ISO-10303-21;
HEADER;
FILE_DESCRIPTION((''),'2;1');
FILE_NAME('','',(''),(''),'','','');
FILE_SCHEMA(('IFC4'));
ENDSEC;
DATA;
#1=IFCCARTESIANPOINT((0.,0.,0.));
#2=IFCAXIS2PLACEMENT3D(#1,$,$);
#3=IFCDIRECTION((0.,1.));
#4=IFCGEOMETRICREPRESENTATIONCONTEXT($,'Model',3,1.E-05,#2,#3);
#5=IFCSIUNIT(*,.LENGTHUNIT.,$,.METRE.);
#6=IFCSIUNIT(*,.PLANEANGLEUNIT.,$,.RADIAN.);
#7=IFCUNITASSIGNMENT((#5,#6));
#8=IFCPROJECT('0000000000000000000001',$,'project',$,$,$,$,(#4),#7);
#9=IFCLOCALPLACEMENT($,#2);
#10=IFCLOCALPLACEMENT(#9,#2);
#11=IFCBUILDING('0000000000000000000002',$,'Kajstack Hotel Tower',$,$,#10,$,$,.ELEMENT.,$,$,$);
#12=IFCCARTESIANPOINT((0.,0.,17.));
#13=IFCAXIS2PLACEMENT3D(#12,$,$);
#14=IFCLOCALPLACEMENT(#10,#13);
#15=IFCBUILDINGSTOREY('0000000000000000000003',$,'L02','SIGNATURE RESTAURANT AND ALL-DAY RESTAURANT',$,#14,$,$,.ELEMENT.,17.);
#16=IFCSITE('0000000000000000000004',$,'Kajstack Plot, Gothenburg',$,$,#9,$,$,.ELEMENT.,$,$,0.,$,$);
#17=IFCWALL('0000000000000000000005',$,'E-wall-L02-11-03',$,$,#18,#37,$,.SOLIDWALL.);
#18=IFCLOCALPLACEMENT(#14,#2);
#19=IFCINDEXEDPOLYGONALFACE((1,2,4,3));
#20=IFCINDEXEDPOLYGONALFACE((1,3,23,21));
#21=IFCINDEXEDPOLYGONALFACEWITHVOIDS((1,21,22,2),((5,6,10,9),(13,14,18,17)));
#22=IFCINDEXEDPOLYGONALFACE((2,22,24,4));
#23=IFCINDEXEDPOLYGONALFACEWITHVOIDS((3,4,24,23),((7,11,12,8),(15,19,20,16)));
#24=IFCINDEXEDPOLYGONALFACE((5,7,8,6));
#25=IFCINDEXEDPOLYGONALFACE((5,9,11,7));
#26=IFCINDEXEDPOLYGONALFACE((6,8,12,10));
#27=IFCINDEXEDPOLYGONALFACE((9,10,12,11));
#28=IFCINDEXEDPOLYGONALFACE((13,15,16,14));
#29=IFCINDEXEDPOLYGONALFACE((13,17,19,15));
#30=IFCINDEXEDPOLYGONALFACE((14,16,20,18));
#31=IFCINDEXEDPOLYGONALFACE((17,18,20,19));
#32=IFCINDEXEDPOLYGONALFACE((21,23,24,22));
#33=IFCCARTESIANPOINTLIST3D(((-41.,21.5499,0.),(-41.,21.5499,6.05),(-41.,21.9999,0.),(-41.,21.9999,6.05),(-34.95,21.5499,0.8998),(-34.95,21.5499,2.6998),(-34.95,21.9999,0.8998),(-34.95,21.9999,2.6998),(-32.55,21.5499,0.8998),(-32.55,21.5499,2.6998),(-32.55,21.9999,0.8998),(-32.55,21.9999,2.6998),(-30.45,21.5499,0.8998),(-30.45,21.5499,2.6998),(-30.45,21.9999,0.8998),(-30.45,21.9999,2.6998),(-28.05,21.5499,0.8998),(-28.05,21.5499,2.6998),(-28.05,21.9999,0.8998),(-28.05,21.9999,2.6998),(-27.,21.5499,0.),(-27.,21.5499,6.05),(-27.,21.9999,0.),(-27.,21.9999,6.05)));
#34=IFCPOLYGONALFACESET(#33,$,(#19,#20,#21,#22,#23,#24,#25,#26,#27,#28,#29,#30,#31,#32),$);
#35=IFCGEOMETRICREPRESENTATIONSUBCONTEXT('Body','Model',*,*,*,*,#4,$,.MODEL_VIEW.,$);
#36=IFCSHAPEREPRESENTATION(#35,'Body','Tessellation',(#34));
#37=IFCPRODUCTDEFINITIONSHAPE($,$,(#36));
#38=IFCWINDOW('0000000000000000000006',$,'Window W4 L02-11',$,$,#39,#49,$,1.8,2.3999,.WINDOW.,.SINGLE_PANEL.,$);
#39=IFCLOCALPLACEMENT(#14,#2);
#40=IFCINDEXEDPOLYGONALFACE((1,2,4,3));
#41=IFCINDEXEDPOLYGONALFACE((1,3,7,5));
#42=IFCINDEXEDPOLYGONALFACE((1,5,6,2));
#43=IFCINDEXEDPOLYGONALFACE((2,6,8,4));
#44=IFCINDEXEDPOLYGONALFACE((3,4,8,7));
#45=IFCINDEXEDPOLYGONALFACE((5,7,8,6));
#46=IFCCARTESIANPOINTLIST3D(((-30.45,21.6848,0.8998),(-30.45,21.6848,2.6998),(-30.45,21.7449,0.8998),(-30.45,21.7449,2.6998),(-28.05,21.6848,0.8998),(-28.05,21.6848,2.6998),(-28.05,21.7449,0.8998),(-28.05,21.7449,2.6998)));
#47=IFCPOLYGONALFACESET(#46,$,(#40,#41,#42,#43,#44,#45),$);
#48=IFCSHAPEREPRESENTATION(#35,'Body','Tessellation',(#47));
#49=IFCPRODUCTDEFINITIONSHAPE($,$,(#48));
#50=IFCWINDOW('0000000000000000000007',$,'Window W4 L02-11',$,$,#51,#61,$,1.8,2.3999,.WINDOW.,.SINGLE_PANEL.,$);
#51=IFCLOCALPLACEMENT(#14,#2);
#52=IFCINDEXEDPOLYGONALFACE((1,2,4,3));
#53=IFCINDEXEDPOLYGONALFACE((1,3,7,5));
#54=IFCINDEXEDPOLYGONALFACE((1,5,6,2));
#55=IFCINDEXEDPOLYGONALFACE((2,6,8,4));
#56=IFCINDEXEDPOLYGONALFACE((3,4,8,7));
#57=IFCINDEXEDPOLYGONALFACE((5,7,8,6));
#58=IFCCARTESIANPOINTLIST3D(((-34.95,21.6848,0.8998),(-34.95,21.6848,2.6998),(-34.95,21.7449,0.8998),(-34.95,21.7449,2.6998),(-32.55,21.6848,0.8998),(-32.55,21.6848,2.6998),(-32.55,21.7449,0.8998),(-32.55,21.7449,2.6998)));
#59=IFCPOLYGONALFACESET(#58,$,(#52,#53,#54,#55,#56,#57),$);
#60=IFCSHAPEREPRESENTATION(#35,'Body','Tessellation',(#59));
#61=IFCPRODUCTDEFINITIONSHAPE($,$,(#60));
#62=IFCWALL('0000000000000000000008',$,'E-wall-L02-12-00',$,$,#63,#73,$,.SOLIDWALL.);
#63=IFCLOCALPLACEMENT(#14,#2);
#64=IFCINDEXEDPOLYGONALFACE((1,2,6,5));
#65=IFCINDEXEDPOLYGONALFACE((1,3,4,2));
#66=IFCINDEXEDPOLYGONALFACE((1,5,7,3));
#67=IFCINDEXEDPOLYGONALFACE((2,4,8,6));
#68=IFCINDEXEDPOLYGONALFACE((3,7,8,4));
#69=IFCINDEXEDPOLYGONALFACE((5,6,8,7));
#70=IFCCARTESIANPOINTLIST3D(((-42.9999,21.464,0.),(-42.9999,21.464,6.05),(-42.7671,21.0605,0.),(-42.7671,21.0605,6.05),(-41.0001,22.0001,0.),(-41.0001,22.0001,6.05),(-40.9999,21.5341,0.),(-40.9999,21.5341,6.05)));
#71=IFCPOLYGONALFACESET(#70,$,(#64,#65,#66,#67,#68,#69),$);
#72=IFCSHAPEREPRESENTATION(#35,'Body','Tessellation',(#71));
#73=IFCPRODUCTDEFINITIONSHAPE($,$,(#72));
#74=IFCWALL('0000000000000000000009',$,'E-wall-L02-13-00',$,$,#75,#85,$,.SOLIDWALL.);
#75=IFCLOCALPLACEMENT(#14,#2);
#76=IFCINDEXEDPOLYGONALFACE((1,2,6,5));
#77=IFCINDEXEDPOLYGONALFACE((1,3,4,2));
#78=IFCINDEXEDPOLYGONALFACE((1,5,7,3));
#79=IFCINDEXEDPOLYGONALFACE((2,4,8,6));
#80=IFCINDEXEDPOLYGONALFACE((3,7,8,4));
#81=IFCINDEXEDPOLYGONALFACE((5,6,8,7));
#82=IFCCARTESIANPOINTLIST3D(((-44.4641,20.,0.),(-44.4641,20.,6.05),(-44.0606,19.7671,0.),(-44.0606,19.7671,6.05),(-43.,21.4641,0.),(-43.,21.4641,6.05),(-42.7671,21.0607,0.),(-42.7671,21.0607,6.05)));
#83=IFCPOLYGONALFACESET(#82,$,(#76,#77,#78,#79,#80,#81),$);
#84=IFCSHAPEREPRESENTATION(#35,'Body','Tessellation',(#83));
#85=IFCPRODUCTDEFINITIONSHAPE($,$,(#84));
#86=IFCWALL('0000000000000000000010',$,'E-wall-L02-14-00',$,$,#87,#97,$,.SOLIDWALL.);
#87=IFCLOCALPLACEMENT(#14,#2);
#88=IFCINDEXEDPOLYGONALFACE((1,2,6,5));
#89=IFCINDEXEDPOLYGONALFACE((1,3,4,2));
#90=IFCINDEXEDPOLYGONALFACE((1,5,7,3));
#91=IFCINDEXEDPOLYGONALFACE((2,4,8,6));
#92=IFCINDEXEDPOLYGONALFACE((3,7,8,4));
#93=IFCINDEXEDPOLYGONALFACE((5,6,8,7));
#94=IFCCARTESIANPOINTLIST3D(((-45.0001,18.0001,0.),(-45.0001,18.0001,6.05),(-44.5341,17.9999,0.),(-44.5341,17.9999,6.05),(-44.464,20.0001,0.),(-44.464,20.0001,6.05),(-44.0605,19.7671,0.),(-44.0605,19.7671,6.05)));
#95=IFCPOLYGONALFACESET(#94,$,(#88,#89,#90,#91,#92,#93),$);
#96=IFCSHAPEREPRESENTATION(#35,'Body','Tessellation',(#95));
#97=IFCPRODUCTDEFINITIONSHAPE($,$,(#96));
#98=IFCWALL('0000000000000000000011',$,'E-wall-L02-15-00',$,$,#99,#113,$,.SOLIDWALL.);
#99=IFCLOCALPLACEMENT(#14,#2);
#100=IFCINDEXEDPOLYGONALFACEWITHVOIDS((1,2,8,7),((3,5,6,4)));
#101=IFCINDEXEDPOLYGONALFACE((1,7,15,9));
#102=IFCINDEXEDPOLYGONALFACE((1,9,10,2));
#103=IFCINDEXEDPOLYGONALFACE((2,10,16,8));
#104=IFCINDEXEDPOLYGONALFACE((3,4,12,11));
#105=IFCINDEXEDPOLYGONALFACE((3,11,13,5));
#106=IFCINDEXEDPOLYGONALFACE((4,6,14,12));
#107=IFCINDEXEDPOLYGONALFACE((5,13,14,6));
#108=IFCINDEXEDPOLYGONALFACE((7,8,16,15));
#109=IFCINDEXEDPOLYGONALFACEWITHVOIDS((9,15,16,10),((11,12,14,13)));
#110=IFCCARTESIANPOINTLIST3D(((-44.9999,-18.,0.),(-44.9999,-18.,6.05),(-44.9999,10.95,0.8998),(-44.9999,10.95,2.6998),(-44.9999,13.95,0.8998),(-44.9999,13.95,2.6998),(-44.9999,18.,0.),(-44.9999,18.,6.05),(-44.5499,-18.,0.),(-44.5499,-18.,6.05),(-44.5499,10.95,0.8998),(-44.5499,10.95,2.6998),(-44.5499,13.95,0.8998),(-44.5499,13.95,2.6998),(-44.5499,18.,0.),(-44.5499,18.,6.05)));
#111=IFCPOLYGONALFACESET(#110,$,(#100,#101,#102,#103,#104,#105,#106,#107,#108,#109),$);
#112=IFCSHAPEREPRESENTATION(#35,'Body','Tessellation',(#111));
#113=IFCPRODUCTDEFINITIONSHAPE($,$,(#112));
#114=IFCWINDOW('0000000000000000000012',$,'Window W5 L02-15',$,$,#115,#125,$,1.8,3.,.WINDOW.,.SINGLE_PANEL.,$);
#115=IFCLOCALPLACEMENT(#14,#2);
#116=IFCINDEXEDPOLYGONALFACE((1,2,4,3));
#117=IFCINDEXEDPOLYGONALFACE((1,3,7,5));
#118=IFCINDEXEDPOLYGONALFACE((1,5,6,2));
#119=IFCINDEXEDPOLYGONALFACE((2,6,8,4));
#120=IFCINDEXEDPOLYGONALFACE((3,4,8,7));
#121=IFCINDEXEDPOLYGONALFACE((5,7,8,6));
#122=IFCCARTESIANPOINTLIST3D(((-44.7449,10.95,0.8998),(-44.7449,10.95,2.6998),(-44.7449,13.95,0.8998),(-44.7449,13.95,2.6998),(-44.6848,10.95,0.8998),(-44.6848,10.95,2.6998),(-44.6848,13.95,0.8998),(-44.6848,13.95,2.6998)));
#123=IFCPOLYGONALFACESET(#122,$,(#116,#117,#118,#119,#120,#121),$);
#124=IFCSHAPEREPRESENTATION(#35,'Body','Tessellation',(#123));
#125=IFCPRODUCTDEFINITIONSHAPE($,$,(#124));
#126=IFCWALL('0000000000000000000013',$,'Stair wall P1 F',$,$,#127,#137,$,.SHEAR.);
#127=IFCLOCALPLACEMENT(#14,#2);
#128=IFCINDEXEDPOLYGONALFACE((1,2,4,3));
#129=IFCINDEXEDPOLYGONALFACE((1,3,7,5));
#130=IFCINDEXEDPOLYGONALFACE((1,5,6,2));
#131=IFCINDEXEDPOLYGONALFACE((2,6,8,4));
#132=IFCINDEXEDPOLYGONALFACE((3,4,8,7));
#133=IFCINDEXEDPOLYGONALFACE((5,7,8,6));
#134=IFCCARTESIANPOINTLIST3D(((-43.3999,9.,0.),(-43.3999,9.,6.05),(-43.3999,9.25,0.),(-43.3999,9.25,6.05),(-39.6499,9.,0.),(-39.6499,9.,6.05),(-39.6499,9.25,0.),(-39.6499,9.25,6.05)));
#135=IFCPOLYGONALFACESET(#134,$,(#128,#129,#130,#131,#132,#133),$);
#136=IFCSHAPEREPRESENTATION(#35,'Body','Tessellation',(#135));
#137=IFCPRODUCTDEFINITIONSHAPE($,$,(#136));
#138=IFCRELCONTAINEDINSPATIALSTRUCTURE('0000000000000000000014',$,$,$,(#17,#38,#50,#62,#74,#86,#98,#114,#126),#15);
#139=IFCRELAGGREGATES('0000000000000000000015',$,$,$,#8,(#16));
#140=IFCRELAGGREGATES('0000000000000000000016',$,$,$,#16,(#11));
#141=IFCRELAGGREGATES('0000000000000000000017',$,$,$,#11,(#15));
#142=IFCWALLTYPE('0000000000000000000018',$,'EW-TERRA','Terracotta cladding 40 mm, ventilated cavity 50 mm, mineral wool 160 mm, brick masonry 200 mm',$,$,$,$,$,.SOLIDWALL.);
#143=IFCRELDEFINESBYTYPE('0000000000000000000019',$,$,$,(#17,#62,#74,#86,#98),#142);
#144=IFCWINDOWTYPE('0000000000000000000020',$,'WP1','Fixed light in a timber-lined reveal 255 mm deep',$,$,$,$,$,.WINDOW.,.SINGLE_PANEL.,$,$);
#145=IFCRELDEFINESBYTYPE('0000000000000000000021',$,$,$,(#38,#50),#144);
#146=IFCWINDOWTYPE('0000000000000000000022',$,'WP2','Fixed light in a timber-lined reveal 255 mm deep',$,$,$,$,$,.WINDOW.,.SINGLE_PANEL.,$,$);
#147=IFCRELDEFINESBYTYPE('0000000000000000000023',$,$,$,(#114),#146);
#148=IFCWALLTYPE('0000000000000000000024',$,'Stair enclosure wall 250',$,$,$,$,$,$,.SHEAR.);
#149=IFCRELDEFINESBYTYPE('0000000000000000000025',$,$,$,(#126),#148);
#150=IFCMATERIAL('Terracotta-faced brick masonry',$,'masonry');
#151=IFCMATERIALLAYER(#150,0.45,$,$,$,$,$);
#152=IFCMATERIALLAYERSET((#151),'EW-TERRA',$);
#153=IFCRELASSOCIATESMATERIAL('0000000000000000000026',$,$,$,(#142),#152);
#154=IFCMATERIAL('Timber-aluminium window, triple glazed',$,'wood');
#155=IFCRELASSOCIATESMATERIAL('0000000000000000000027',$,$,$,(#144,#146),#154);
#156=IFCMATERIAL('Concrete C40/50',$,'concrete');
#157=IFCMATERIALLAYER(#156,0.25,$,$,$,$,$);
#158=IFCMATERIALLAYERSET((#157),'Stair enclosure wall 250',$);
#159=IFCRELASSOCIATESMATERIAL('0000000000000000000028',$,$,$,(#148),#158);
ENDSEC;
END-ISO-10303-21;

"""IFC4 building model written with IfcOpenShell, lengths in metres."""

from ifc_helpers import new_model, si_unit, direction, frame, frame_2d, origin, place, context, subcontext, project, spatial, polyline, rectangle, outline, extrude, material, layer, layer_set, type_object, element, fill, save


model = new_model("IFC4")

# Units and contexts
model_context = context("Model", 3, precision=1e-05, world=origin(), true_north=direction((0.0, 1.0)))
body_context = subcontext(model_context, "Body", "Model", "MODEL_VIEW")
ifc_project = project(units=[si_unit("LENGTHUNIT", "METRE"), si_unit("PLANEANGLEUNIT", "RADIAN")], contexts=[model_context])

# Site, building, storey
site_placement = place(None, origin())
site = spatial("IfcSite", under=ifc_project, at=site_placement, Name="Kajstack Plot, Gothenburg", CompositionType="ELEMENT", RefElevation=0.0)
building_placement = place(site_placement, origin())
building = spatial("IfcBuilding", under=site, at=building_placement, Name="Kajstack Hotel Tower", CompositionType="ELEMENT")
storey_placement = place(building_placement, frame((0.0, 0.0, 17.0)))
storey = spatial("IfcBuildingStorey", under=building, at=storey_placement, Name="L02", Description="SIGNATURE RESTAURANT AND ALL-DAY RESTAURANT", CompositionType="ELEMENT", Elevation=17.0)

# Wall, openings, windows
ifc_material_1 = material(Name="Terracotta-faced brick masonry", Category="masonry")
ifc_layer_1 = layer(ifc_material_1, 0.45)
ifc_layer_set_1 = layer_set([ifc_layer_1], Name="EW-TERRA")
wall_type_1 = type_object("IfcWallType", Name="EW-TERRA", Description="Terracotta cladding 40 mm, ventilated cavity 50 mm, mineral wool 160 mm, brick masonry 200 mm", PredefinedType="SOLIDWALL", material=ifc_layer_set_1)
wall_1_placement = place(storey_placement, frame((-27.0, 21.7749, 0.0), z_axis=(0.0, 0.0, 1.0), x_axis=(-1.0, 0.0, 0.0)))
wall_1 = element("IfcWall", 1, at=wall_1_placement, inside=storey, type_object=wall_type_1, Name="E-wall-L02-11-03", PredefinedType="SOLIDWALL", context=body_context, shape_type="SweptSolid", body=[
    extrude(rectangle(XDim=14.0, YDim=0.45, at=frame_2d((7.0, 0.0))), origin(), (0.0, 0.0, 1.0), 6.05),
])
opening_1_placement = place(wall_1_placement, frame((1.05, 0.0, 0.8999)))
opening_1 = element("IfcOpeningElement", 2, at=opening_1_placement, cuts=wall_1, PredefinedType="OPENING", context=body_context, shape_type="SweptSolid", body=[
    extrude(rectangle(XDim=2.3999, YDim=1.8, at=frame_2d((1.2, 0.8999))), frame((0.0, 0.2349, 0.0), z_axis=(0.0, -1.0, 0.0), x_axis=(1.0, 0.0, 0.0)), (0.0, 0.0, 1.0), 0.47),
])
opening_2_placement = place(wall_1_placement, frame((5.55, 0.0, 0.8999)))
opening_2 = element("IfcOpeningElement", 3, at=opening_2_placement, cuts=wall_1, PredefinedType="OPENING", context=body_context, shape_type="SweptSolid", body=[
    extrude(rectangle(XDim=2.3999, YDim=1.8, at=frame_2d((1.2, 0.8999))), frame((0.0, 0.2349, 0.0), z_axis=(0.0, -1.0, 0.0), x_axis=(1.0, 0.0, 0.0)), (0.0, 0.0, 1.0), 0.47),
])
ifc_material_2 = material(Name="Timber-aluminium window, triple glazed", Category="wood")
window_type_1 = type_object("IfcWindowType", Name="WP1", Description="Fixed light in a timber-lined reveal 255 mm deep", PartitioningType="SINGLE_PANEL", PredefinedType="WINDOW", material=ifc_material_2)
window_1_placement = place(opening_1_placement, origin())
window_1 = element("IfcWindow", 4, at=window_1_placement, inside=storey, type_object=window_type_1, Name="Window W4 L02-11", OverallHeight=1.8, OverallWidth=2.3999, PartitioningType="SINGLE_PANEL", PredefinedType="WINDOW", context=body_context, shape_type="SweptSolid", body=[
    extrude(rectangle(XDim=2.3999, YDim=1.8, at=frame_2d((1.2, 0.8999))), frame((0.0, 0.0901, 0.0), z_axis=(0.0, -1.0, 0.0), x_axis=(1.0, 0.0, 0.0)), (0.0, 0.0, 1.0), 0.0601),
])
fill(opening_1, window_1)
window_2_placement = place(opening_2_placement, origin())
window_2 = element("IfcWindow", 5, at=window_2_placement, inside=storey, type_object=window_type_1, Name="Window W4 L02-11", OverallHeight=1.8, OverallWidth=2.3999, PartitioningType="SINGLE_PANEL", PredefinedType="WINDOW", context=body_context, shape_type="SweptSolid", body=[
    extrude(rectangle(XDim=2.3999, YDim=1.8, at=frame_2d((1.2, 0.8999))), frame((0.0, 0.0901, 0.0), z_axis=(0.0, -1.0, 0.0), x_axis=(1.0, 0.0, 0.0)), (0.0, 0.0, 1.0), 0.0601),
])
fill(opening_2, window_2)

# Walls
wall_2_placement = place(storey_placement, frame((-40.9417, 21.7827, 0.0), z_axis=(0.0, 0.0, 1.0), x_axis=(-0.965927, -0.258815, 0.0)))
element("IfcWall", 6, at=wall_2_placement, inside=storey, type_object=wall_type_1, Name="E-wall-L02-12-00", PredefinedType="SOLIDWALL", context=body_context, shape_type="SweptSolid", body=[
    extrude(outline(polyline([(0.0002, -0.2251), (2.0706, -0.2249), (1.9502, 0.2251), (0.1206, 0.2251), (0.0002, -0.2251)])), origin(), (0.0, 0.0, 1.0), 6.05),
])
wall_3_placement = place(storey_placement, frame((-42.8408, 21.3049, 0.0), z_axis=(0.0, 0.0, 1.0), x_axis=(-0.707107, -0.707107, 0.0)))
element("IfcWall", 7, at=wall_3_placement, inside=storey, type_object=wall_type_1, Name="E-wall-L02-13-00", PredefinedType="SOLIDWALL", context=body_context, shape_type="SweptSolid", body=[
    extrude(outline(polyline([(0.0, -0.2251), (2.0706, -0.2251), (1.95, 0.2249), (0.1206, 0.2249), (0.0, -0.2251)])), origin(), (0.0, 0.0, 1.0), 6.05),
])
wall_4_placement = place(storey_placement, frame((-44.2468, 19.9417, 0.0), z_axis=(0.0, 0.0, 1.0), x_axis=(-0.258815, -0.965927, 0.0)))
element("IfcWall", 8, at=wall_4_placement, inside=storey, type_object=wall_type_1, Name="E-wall-L02-14-00", PredefinedType="SOLIDWALL", context=body_context, shape_type="SweptSolid", body=[
    extrude(outline(polyline([(-0.0002, -0.2249), (2.0703, -0.2251), (1.95, 0.2251), (0.1204, 0.2251), (-0.0002, -0.2249)])), origin(), (0.0, 0.0, 1.0), 6.05),
])

# Wall, opening, window
wall_5_placement = place(storey_placement, frame((-44.7749, 18.0, 0.0), z_axis=(0.0, 0.0, 1.0), x_axis=(0.0, -1.0, 0.0)))
wall_5 = element("IfcWall", 9, at=wall_5_placement, inside=storey, type_object=wall_type_1, Name="E-wall-L02-15-00", PredefinedType="SOLIDWALL", context=body_context, shape_type="SweptSolid", body=[
    extrude(rectangle(XDim=36.0, YDim=0.45, at=frame_2d((18.0, 0.0))), origin(), (0.0, 0.0, 1.0), 6.05),
])
opening_3_placement = place(wall_5_placement, frame((4.05, 0.0, 0.8999)))
opening_3 = element("IfcOpeningElement", 10, at=opening_3_placement, cuts=wall_5, PredefinedType="OPENING", context=body_context, shape_type="SweptSolid", body=[
    extrude(rectangle(XDim=3.0, YDim=1.8, at=frame_2d((1.5, 0.8999))), frame((0.0, 0.2349, 0.0), z_axis=(0.0, -1.0, 0.0), x_axis=(1.0, 0.0, 0.0)), (0.0, 0.0, 1.0), 0.47),
])
window_type_2 = type_object("IfcWindowType", Name="WP2", Description="Fixed light in a timber-lined reveal 255 mm deep", PartitioningType="SINGLE_PANEL", PredefinedType="WINDOW", material=ifc_material_2)
window_3_placement = place(opening_3_placement, origin())
window_3 = element("IfcWindow", 11, at=window_3_placement, inside=storey, type_object=window_type_2, Name="Window W5 L02-15", OverallHeight=1.8, OverallWidth=3.0, PartitioningType="SINGLE_PANEL", PredefinedType="WINDOW", context=body_context, shape_type="SweptSolid", body=[
    extrude(rectangle(XDim=3.0, YDim=1.8, at=frame_2d((1.5, 0.8999))), frame((0.0, 0.0901, 0.0), z_axis=(0.0, -1.0, 0.0), x_axis=(1.0, 0.0, 0.0)), (0.0, 0.0, 1.0), 0.0601),
])
fill(opening_3, window_3)

# Wall
ifc_material_3 = material(Name="Concrete C40/50", Category="concrete")
ifc_layer_2 = layer(ifc_material_3, 0.25)
ifc_layer_set_2 = layer_set([ifc_layer_2], Name="Stair enclosure wall 250")
wall_type_2 = type_object("IfcWallType", Name="Stair enclosure wall 250", PredefinedType="SHEAR", material=ifc_layer_set_2)
wall_6_placement = place(storey_placement, frame((-43.3999, 9.125, 0.0), z_axis=(0.0, 0.0, 1.0), x_axis=(1.0, 0.0, 0.0)))
element("IfcWall", 12, at=wall_6_placement, inside=storey, type_object=wall_type_2, Name="Stair wall P1 F", PredefinedType="SHEAR", context=body_context, shape_type="SweptSolid", body=[
    extrude(rectangle(XDim=3.75, YDim=0.25, at=frame_2d((1.875, 0.0))), origin(), (0.0, 0.0, 1.0), 6.05),
])

save(model, "model.ifc")
